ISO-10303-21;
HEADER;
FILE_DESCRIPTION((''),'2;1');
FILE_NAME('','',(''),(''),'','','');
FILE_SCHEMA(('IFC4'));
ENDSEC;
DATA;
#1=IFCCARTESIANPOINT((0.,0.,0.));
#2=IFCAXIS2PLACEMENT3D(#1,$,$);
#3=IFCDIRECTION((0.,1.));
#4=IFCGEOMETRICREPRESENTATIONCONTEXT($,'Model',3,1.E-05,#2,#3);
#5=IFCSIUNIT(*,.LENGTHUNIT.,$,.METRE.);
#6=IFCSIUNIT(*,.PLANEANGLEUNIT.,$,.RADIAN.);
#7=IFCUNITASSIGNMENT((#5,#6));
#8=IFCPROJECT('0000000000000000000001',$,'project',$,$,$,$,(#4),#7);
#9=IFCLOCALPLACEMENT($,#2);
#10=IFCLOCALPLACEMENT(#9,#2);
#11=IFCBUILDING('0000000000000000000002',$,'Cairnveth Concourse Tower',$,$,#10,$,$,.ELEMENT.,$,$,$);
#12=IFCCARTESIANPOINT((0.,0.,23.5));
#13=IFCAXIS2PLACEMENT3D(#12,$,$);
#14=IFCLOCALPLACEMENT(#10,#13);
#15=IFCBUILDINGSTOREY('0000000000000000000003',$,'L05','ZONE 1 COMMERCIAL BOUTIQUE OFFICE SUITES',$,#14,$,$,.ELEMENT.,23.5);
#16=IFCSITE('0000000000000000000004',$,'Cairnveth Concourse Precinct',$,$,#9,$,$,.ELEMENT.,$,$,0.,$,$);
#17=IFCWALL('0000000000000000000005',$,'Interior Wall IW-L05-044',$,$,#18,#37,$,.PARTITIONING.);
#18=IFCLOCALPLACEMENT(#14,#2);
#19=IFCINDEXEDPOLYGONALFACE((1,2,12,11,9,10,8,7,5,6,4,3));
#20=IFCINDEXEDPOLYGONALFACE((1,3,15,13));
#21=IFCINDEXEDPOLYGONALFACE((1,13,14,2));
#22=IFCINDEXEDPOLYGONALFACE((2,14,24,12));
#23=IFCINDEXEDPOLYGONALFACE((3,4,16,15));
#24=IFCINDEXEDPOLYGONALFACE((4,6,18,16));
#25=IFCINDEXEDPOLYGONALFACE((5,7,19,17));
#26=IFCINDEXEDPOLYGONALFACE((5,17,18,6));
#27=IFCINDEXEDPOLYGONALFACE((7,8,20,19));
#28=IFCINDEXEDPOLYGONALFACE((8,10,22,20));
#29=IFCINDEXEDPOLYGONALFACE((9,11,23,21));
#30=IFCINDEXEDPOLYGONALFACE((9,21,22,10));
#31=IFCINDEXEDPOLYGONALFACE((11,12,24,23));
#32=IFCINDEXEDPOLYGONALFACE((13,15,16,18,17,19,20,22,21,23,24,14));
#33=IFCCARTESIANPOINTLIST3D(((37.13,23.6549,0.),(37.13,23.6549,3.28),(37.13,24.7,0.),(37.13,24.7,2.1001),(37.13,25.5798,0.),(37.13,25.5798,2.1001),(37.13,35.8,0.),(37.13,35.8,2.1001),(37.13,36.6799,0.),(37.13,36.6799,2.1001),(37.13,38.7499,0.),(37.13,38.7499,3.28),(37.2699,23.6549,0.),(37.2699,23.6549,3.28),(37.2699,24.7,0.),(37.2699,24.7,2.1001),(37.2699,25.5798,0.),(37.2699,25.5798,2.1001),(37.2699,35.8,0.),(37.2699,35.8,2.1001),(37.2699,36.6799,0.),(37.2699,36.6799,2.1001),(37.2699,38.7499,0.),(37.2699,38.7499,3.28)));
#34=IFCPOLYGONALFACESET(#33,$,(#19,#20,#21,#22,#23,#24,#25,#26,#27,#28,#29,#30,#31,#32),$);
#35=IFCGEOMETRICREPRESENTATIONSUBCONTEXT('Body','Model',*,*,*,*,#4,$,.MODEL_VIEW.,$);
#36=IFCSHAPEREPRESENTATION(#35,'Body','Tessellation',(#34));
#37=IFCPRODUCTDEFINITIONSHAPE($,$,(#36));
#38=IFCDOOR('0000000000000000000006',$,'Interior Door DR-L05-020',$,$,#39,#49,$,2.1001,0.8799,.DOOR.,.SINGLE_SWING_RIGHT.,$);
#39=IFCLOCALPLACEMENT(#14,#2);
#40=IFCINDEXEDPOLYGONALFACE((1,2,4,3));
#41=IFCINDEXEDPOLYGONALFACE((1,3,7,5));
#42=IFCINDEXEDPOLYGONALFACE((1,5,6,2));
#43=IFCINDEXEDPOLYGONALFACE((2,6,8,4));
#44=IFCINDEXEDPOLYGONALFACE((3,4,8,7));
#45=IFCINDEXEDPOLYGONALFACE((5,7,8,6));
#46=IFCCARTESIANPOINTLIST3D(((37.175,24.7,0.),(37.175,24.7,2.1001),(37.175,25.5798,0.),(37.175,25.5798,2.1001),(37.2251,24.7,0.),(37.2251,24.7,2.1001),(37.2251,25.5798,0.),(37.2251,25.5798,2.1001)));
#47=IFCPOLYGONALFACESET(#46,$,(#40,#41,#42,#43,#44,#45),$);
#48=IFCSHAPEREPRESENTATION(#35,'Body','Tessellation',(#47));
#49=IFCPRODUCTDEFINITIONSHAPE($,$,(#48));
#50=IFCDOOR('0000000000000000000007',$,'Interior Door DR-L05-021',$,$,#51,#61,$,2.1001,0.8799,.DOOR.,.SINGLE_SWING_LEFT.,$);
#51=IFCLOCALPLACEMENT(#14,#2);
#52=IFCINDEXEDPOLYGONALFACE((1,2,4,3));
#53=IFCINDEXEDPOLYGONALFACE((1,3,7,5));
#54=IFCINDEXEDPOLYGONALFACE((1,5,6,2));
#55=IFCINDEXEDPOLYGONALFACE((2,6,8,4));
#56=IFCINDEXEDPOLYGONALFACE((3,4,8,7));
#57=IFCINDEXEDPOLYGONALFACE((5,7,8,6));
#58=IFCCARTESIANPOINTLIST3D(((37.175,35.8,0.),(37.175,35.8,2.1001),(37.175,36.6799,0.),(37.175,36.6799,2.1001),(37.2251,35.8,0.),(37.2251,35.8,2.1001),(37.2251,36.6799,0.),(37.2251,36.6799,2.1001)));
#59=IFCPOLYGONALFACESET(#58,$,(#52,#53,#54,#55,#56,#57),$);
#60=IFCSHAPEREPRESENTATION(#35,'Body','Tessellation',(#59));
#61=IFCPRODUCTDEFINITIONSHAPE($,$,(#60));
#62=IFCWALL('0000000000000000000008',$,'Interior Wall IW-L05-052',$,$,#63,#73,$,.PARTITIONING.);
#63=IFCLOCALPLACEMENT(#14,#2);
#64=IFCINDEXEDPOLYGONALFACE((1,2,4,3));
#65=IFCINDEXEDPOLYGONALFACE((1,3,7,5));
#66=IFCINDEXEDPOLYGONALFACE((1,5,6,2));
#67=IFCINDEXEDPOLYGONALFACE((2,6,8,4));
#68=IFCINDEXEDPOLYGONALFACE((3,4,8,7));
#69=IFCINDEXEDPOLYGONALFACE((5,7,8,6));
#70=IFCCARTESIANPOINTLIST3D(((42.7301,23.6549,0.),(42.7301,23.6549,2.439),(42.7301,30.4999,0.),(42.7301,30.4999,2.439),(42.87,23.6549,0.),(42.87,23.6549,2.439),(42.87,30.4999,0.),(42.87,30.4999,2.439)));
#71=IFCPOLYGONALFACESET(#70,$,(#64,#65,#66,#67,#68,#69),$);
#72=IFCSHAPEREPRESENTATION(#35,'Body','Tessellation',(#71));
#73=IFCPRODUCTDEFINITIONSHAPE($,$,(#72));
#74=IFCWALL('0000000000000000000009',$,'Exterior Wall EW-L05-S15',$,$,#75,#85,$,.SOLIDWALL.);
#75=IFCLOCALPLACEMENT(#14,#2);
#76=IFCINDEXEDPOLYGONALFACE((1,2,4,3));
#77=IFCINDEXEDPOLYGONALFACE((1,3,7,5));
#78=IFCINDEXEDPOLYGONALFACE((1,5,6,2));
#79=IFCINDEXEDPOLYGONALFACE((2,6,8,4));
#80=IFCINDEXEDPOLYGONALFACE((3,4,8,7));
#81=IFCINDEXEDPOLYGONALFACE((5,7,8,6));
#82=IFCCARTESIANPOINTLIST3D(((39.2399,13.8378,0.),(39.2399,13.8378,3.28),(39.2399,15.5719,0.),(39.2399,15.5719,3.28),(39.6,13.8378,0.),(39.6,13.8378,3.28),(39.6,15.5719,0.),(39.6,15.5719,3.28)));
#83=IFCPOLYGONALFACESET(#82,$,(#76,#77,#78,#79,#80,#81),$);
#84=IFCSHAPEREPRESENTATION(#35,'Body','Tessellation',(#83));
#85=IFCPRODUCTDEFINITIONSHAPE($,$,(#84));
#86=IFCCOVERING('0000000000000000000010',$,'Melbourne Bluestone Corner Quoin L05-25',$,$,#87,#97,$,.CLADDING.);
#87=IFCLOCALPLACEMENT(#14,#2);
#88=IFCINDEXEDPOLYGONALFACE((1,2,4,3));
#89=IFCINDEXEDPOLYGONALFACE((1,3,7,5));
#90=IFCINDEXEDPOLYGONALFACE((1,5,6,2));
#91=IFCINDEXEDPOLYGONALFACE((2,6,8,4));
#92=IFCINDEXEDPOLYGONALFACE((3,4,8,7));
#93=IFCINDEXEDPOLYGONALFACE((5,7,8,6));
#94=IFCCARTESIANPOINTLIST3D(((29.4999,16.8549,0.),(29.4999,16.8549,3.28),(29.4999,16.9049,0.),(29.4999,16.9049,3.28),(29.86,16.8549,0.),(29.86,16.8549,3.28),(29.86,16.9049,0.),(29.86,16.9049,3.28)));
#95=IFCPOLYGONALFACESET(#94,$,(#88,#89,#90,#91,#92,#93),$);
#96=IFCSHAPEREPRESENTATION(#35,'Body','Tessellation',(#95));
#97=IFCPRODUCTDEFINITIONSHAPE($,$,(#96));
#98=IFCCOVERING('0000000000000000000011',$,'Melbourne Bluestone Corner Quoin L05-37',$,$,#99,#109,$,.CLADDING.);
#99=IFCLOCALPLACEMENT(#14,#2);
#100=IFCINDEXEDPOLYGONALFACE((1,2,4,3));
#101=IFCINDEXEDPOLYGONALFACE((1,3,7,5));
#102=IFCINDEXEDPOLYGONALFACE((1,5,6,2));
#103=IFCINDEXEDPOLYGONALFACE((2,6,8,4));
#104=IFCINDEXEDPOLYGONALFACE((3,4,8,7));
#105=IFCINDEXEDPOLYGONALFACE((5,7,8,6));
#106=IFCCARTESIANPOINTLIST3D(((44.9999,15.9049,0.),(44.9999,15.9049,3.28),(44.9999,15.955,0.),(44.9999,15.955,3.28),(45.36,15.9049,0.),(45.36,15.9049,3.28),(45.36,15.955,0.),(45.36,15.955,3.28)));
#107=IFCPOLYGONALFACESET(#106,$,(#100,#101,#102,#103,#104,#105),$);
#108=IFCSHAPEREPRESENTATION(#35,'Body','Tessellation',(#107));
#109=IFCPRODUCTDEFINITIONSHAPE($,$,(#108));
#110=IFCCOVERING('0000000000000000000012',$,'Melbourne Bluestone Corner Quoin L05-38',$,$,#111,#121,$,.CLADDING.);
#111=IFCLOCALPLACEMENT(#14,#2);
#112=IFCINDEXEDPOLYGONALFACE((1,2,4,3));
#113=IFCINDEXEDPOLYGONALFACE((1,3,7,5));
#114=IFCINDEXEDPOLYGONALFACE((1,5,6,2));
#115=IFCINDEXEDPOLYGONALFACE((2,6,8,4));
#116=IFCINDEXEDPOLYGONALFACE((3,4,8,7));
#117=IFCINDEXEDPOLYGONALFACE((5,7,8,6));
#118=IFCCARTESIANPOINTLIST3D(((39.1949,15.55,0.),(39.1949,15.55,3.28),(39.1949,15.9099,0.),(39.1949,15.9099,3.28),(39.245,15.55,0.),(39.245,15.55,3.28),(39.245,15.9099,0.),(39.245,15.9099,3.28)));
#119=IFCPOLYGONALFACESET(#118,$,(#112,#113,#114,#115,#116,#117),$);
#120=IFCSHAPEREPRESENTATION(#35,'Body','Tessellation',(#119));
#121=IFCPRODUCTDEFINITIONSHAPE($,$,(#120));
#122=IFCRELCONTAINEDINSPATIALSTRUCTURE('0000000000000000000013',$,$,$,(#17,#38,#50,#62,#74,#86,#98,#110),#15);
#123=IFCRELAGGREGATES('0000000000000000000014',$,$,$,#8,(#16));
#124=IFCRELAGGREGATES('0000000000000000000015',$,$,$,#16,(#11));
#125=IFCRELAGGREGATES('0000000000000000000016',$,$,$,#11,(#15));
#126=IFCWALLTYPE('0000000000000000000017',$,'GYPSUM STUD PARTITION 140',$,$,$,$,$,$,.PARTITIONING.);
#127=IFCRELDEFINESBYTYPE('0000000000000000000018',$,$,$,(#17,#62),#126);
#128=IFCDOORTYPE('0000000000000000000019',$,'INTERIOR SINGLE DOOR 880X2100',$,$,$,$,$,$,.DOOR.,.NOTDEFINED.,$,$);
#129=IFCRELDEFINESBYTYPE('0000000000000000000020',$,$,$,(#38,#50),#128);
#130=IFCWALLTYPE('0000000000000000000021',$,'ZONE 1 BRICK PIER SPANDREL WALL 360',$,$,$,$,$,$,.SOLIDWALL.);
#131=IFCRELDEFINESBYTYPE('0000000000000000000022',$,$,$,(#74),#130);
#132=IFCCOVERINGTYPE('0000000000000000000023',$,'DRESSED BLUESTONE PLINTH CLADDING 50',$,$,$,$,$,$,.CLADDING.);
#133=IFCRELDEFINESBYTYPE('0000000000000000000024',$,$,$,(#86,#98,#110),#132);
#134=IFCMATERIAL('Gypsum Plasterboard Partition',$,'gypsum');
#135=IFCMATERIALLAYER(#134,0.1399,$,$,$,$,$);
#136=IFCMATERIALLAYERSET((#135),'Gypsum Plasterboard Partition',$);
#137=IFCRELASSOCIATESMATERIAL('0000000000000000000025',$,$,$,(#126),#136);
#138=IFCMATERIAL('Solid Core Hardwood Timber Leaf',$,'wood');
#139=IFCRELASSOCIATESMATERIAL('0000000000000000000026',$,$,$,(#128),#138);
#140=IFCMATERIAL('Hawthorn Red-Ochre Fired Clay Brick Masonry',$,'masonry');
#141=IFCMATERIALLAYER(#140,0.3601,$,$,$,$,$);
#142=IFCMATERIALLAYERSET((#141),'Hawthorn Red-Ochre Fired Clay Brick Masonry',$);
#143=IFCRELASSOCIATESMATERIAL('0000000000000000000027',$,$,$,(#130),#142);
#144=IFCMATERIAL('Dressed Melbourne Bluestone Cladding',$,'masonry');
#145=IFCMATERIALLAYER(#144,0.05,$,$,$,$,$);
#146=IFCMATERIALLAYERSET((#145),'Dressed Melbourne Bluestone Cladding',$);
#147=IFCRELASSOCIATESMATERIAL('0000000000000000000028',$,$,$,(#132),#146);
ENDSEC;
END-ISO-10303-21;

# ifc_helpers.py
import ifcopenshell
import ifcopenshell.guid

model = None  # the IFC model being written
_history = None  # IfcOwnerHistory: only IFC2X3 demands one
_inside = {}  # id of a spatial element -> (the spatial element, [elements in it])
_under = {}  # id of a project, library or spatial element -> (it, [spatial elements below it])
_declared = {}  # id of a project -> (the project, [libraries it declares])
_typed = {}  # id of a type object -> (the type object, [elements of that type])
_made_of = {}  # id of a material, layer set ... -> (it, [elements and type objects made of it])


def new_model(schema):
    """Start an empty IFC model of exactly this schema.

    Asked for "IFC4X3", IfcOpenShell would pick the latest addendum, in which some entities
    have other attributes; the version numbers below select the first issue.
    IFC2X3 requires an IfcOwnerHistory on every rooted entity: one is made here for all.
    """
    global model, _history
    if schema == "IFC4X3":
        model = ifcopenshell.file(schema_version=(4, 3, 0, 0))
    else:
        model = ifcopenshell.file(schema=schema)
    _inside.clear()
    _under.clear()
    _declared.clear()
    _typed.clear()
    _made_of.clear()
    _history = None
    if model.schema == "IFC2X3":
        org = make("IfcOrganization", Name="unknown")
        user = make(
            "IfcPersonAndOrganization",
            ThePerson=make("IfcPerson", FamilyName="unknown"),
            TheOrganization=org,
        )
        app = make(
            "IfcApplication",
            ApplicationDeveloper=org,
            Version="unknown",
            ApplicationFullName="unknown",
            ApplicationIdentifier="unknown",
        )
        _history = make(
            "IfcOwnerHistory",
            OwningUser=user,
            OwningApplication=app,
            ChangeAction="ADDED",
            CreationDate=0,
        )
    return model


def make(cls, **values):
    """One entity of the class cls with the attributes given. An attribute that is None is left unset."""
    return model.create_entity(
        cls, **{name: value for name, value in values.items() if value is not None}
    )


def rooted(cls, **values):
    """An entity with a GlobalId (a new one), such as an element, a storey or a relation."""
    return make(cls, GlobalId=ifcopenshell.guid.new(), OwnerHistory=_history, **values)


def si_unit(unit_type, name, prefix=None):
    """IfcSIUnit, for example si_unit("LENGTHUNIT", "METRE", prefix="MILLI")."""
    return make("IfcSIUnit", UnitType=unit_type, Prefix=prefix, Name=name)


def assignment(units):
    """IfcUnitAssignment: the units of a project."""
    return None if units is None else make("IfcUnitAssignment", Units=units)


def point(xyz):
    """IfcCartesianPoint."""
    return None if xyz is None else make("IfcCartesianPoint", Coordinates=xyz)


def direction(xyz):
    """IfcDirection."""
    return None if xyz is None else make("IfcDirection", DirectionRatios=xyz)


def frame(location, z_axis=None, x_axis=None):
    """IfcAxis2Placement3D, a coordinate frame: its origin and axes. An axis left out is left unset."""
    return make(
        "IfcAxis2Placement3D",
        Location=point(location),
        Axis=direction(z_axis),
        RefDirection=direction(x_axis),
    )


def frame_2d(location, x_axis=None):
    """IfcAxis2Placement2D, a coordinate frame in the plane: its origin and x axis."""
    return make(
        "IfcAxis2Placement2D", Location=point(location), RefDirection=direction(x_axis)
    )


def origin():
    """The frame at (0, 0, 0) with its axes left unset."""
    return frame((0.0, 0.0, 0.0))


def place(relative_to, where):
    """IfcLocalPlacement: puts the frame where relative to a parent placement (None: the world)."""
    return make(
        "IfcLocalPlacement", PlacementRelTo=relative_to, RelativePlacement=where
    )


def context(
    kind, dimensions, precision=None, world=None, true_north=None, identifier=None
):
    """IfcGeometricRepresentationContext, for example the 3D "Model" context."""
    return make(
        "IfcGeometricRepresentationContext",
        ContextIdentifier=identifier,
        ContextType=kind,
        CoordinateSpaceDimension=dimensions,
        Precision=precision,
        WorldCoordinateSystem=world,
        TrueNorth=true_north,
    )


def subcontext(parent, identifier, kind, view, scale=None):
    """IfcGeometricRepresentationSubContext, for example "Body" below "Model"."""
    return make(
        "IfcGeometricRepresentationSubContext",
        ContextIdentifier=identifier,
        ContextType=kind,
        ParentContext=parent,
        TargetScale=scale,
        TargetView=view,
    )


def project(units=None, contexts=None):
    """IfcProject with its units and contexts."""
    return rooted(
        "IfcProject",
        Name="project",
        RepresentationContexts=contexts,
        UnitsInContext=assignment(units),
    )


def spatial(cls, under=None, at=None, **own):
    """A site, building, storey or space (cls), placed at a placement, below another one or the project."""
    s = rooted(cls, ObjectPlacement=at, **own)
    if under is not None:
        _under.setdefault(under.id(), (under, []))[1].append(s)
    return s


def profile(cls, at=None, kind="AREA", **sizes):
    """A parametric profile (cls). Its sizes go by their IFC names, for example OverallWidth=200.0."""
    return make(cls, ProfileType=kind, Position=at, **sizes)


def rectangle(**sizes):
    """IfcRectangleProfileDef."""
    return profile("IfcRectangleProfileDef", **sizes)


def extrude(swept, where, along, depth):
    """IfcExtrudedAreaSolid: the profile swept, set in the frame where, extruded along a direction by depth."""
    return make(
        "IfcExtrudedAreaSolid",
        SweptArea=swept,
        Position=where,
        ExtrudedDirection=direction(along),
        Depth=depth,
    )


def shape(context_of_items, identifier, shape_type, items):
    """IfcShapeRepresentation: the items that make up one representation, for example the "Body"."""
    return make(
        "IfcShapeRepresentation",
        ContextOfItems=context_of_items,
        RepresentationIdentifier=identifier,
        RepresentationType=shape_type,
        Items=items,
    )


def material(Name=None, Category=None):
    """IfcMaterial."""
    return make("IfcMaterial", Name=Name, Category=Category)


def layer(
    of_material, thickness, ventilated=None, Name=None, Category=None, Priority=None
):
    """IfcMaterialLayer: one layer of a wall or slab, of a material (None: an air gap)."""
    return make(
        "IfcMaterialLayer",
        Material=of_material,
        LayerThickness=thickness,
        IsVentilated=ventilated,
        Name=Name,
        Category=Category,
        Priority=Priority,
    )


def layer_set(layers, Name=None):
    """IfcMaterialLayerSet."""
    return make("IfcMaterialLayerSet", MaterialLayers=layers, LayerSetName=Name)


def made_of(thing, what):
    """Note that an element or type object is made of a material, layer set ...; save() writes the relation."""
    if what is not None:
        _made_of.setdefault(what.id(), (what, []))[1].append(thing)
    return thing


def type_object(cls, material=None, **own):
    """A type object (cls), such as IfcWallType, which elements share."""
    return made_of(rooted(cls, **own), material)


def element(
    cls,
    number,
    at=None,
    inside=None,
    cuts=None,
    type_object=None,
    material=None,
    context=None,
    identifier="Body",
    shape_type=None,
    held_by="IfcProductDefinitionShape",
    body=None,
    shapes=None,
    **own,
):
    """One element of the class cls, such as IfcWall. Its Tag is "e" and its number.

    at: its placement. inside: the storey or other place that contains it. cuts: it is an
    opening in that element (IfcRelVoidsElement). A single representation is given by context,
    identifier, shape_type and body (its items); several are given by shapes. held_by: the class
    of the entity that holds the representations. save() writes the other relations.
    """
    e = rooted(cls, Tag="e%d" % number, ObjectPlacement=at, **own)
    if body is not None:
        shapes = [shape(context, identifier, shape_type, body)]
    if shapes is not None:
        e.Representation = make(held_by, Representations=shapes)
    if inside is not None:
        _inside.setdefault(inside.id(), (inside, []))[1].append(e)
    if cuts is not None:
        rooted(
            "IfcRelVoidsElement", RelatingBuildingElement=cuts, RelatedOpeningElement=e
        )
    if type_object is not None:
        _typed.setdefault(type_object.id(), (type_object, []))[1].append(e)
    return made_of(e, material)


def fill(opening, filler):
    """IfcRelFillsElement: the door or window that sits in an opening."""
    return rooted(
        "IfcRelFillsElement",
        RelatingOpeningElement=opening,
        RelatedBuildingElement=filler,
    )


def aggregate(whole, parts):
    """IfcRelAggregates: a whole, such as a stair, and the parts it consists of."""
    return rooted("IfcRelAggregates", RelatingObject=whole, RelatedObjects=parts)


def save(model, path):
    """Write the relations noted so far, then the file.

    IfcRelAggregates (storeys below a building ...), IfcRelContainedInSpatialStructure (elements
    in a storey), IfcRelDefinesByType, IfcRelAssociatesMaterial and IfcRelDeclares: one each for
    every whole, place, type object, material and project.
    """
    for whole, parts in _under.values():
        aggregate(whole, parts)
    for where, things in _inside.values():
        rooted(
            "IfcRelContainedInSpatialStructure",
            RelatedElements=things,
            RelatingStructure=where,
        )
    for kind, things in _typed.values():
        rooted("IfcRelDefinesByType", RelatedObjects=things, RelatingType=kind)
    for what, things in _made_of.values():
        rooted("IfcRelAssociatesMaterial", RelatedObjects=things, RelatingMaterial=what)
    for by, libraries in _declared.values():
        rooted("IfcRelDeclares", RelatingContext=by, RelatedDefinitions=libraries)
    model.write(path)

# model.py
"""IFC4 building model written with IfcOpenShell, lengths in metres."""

from ifc_helpers import new_model, si_unit, direction, frame, frame_2d, origin, place, context, subcontext, project, spatial, rectangle, extrude, material, layer, layer_set, type_object, element, fill, save


model = new_model("IFC4")

# Units and contexts
model_context = context("Model", 3, precision=1e-05, world=origin(), true_north=direction((0.0, 1.0)))
body_context = subcontext(model_context, "Body", "Model", "MODEL_VIEW")
ifc_project = project(units=[si_unit("LENGTHUNIT", "METRE"), si_unit("PLANEANGLEUNIT", "RADIAN")], contexts=[model_context])

# Site, building, storey
site_placement = place(None, origin())
site = spatial("IfcSite", under=ifc_project, at=site_placement, Name="Cairnveth Concourse Precinct", CompositionType="ELEMENT", RefElevation=0.0)
building_placement = place(site_placement, origin())
building = spatial("IfcBuilding", under=site, at=building_placement, Name="Cairnveth Concourse Tower", CompositionType="ELEMENT")
storey_placement = place(building_placement, frame((0.0, 0.0, 23.5)))
storey = spatial("IfcBuildingStorey", under=building, at=storey_placement, Name="L05", Description="ZONE 1 COMMERCIAL BOUTIQUE OFFICE SUITES", CompositionType="ELEMENT", Elevation=23.5)

# Wall, openings, doors
ifc_material_1 = material(Name="Gypsum Plasterboard Partition", Category="gypsum")
ifc_layer_1 = layer(ifc_material_1, 0.1399)
ifc_layer_set_1 = layer_set([ifc_layer_1], Name="Gypsum Plasterboard Partition")
wall_type_1 = type_object("IfcWallType", Name="GYPSUM STUD PARTITION 140", PredefinedType="PARTITIONING", material=ifc_layer_set_1)
ifc_material_2 = material(Name="Solid Core Hardwood Timber Leaf", Category="wood")
door_type_1 = type_object("IfcDoorType", Name="INTERIOR SINGLE DOOR 880X2100", OperationType="NOTDEFINED", PredefinedType="DOOR", material=ifc_material_2)
wall_1_placement = place(storey_placement, frame((37.2, 23.655, 0.0), z_axis=(0.0, 0.0, 1.0), x_axis=(0.0, 1.0, 0.0)))
wall_1 = element("IfcWall", 1, at=wall_1_placement, inside=storey, type_object=wall_type_1, Name="Interior Wall IW-L05-044", PredefinedType="PARTITIONING", context=body_context, shape_type="SweptSolid", body=[
    extrude(rectangle(XDim=15.095, YDim=0.1399, at=frame_2d((7.5474, 0.0))), origin(), (0.0, 0.0, 1.0), 3.28),
])
opening_1_placement = place(wall_1_placement, frame((1.0449, 0.0, 0.0)))
opening_1 = element("IfcOpeningElement", 2, at=opening_1_placement, cuts=wall_1, PredefinedType="OPENING", context=body_context, shape_type="SweptSolid", body=[
    extrude(rectangle(XDim=0.8799, YDim=2.1001, at=frame_2d((0.4399, 1.05))), frame((0.0, 0.0798, 0.0), z_axis=(0.0, -1.0, 0.0), x_axis=(1.0, 0.0, 0.0)), (0.0, 0.0, 1.0), 0.1599),
])
opening_2_placement = place(wall_1_placement, frame((12.145, 0.0, 0.0)))
opening_2 = element("IfcOpeningElement", 3, at=opening_2_placement, cuts=wall_1, PredefinedType="OPENING", context=body_context, shape_type="SweptSolid", body=[
    extrude(rectangle(XDim=0.8799, YDim=2.1001, at=frame_2d((0.4399, 1.05))), frame((0.0, 0.0798, 0.0), z_axis=(0.0, -1.0, 0.0), x_axis=(1.0, 0.0, 0.0)), (0.0, 0.0, 1.0), 0.1599),
])
door_1_placement = place(opening_1_placement, origin())
door_1 = element("IfcDoor", 4, at=door_1_placement, inside=storey, type_object=door_type_1, Name="Interior Door DR-L05-020", OperationType="SINGLE_SWING_RIGHT", OverallHeight=2.1001, OverallWidth=0.8799, PredefinedType="DOOR", context=body_context, shape_type="SweptSolid", body=[
    extrude(rectangle(XDim=0.8799, YDim=2.1001, at=frame_2d((0.4399, 1.05))), frame((0.0, 0.0249, 0.0), z_axis=(0.0, -1.0, 0.0), x_axis=(1.0, 0.0, 0.0)), (0.0, 0.0, 1.0), 0.05),
])
fill(opening_1, door_1)
door_2_placement = place(opening_2_placement, origin())
door_2 = element("IfcDoor", 5, at=door_2_placement, inside=storey, type_object=door_type_1, Name="Interior Door DR-L05-021", OperationType="SINGLE_SWING_LEFT", OverallHeight=2.1001, OverallWidth=0.8799, PredefinedType="DOOR", context=body_context, shape_type="SweptSolid", body=[
    extrude(rectangle(XDim=0.8799, YDim=2.1001, at=frame_2d((0.4399, 1.05))), frame((0.0, 0.0249, 0.0), z_axis=(0.0, -1.0, 0.0), x_axis=(1.0, 0.0, 0.0)), (0.0, 0.0, 1.0), 0.05),
])
fill(opening_2, door_2)

# Wall
wall_2_placement = place(storey_placement, frame((42.8, 23.655, 0.0), z_axis=(0.0, 0.0, 1.0), x_axis=(0.0, 1.0, 0.0)))
element("IfcWall", 6, at=wall_2_placement, inside=storey, type_object=wall_type_1, Name="Interior Wall IW-L05-052", PredefinedType="PARTITIONING", context=body_context, shape_type="SweptSolid", body=[
    extrude(rectangle(XDim=6.845, YDim=0.1399, at=frame_2d((3.4224, 0.0))), origin(), (0.0, 0.0, 1.0), 2.439),
])

# Shared definitions
ifc_material_3 = material(Name="Hawthorn Red-Ochre Fired Clay Brick Masonry", Category="masonry")
ifc_layer_2 = layer(ifc_material_3, 0.3601)
ifc_layer_set_2 = layer_set([ifc_layer_2], Name="Hawthorn Red-Ochre Fired Clay Brick Masonry")
wall_type_2 = type_object("IfcWallType", Name="ZONE 1 BRICK PIER SPANDREL WALL 360", PredefinedType="SOLIDWALL", material=ifc_layer_set_2)

# Wall
wall_3_placement = place(storey_placement, frame((39.4199, 15.572, 0.0), z_axis=(0.0, 0.0, 1.0), x_axis=(0.0, -1.0, 0.0)))
element("IfcWall", 7, at=wall_3_placement, inside=storey, type_object=wall_type_2, Name="Exterior Wall EW-L05-S15", PredefinedType="SOLIDWALL", context=body_context, shape_type="SweptSolid", body=[
    extrude(rectangle(XDim=1.7341, YDim=0.3601, at=frame_2d((0.8672, 0.0))), origin(), (0.0, 0.0, 1.0), 3.28),
])

# Coverings
ifc_material_4 = material(Name="Dressed Melbourne Bluestone Cladding", Category="masonry")
ifc_layer_3 = layer(ifc_material_4, 0.05)
ifc_layer_set_3 = layer_set([ifc_layer_3], Name="Dressed Melbourne Bluestone Cladding")
covering_type = type_object("IfcCoveringType", Name="DRESSED BLUESTONE PLINTH CLADDING 50", PredefinedType="CLADDING", material=ifc_layer_set_3)
for number, where, z_axis, x_axis, name in (
    (8, (29.8601, 16.8799, 0.0), (0.0, 0.0, 1.0), (-1.0, 0.0, 0.0), "Melbourne Bluestone Corner Quoin L05-25"),
    (9, (45.3601, 15.9299, 0.0), (0.0, 0.0, 1.0), (-1.0, 0.0, 0.0), "Melbourne Bluestone Corner Quoin L05-37"),
):
    element("IfcCovering", number, at=place(storey_placement, frame(where, z_axis=z_axis, x_axis=x_axis)), inside=storey, type_object=covering_type, Name=name, PredefinedType="CLADDING", context=body_context, shape_type="SweptSolid", body=[
        extrude(rectangle(XDim=0.3601, YDim=0.05, at=frame_2d((0.1802, 0.0))), origin(), (0.0, 0.0, 1.0), 3.28),
    ])
covering_placement = place(storey_placement, frame((39.22, 15.9099, 0.0), z_axis=(0.0, 0.0, 1.0), x_axis=(0.0, -1.0, 0.0)))
element("IfcCovering", 10, at=covering_placement, inside=storey, type_object=covering_type, Name="Melbourne Bluestone Corner Quoin L05-38", PredefinedType="CLADDING", context=body_context, shape_type="SweptSolid", body=[
    extrude(rectangle(XDim=0.3599, YDim=0.05, at=frame_2d((0.1799, 0.0))), origin(), (0.0, 0.0, 1.0), 3.28),
])

save(model, "model.ifc")
